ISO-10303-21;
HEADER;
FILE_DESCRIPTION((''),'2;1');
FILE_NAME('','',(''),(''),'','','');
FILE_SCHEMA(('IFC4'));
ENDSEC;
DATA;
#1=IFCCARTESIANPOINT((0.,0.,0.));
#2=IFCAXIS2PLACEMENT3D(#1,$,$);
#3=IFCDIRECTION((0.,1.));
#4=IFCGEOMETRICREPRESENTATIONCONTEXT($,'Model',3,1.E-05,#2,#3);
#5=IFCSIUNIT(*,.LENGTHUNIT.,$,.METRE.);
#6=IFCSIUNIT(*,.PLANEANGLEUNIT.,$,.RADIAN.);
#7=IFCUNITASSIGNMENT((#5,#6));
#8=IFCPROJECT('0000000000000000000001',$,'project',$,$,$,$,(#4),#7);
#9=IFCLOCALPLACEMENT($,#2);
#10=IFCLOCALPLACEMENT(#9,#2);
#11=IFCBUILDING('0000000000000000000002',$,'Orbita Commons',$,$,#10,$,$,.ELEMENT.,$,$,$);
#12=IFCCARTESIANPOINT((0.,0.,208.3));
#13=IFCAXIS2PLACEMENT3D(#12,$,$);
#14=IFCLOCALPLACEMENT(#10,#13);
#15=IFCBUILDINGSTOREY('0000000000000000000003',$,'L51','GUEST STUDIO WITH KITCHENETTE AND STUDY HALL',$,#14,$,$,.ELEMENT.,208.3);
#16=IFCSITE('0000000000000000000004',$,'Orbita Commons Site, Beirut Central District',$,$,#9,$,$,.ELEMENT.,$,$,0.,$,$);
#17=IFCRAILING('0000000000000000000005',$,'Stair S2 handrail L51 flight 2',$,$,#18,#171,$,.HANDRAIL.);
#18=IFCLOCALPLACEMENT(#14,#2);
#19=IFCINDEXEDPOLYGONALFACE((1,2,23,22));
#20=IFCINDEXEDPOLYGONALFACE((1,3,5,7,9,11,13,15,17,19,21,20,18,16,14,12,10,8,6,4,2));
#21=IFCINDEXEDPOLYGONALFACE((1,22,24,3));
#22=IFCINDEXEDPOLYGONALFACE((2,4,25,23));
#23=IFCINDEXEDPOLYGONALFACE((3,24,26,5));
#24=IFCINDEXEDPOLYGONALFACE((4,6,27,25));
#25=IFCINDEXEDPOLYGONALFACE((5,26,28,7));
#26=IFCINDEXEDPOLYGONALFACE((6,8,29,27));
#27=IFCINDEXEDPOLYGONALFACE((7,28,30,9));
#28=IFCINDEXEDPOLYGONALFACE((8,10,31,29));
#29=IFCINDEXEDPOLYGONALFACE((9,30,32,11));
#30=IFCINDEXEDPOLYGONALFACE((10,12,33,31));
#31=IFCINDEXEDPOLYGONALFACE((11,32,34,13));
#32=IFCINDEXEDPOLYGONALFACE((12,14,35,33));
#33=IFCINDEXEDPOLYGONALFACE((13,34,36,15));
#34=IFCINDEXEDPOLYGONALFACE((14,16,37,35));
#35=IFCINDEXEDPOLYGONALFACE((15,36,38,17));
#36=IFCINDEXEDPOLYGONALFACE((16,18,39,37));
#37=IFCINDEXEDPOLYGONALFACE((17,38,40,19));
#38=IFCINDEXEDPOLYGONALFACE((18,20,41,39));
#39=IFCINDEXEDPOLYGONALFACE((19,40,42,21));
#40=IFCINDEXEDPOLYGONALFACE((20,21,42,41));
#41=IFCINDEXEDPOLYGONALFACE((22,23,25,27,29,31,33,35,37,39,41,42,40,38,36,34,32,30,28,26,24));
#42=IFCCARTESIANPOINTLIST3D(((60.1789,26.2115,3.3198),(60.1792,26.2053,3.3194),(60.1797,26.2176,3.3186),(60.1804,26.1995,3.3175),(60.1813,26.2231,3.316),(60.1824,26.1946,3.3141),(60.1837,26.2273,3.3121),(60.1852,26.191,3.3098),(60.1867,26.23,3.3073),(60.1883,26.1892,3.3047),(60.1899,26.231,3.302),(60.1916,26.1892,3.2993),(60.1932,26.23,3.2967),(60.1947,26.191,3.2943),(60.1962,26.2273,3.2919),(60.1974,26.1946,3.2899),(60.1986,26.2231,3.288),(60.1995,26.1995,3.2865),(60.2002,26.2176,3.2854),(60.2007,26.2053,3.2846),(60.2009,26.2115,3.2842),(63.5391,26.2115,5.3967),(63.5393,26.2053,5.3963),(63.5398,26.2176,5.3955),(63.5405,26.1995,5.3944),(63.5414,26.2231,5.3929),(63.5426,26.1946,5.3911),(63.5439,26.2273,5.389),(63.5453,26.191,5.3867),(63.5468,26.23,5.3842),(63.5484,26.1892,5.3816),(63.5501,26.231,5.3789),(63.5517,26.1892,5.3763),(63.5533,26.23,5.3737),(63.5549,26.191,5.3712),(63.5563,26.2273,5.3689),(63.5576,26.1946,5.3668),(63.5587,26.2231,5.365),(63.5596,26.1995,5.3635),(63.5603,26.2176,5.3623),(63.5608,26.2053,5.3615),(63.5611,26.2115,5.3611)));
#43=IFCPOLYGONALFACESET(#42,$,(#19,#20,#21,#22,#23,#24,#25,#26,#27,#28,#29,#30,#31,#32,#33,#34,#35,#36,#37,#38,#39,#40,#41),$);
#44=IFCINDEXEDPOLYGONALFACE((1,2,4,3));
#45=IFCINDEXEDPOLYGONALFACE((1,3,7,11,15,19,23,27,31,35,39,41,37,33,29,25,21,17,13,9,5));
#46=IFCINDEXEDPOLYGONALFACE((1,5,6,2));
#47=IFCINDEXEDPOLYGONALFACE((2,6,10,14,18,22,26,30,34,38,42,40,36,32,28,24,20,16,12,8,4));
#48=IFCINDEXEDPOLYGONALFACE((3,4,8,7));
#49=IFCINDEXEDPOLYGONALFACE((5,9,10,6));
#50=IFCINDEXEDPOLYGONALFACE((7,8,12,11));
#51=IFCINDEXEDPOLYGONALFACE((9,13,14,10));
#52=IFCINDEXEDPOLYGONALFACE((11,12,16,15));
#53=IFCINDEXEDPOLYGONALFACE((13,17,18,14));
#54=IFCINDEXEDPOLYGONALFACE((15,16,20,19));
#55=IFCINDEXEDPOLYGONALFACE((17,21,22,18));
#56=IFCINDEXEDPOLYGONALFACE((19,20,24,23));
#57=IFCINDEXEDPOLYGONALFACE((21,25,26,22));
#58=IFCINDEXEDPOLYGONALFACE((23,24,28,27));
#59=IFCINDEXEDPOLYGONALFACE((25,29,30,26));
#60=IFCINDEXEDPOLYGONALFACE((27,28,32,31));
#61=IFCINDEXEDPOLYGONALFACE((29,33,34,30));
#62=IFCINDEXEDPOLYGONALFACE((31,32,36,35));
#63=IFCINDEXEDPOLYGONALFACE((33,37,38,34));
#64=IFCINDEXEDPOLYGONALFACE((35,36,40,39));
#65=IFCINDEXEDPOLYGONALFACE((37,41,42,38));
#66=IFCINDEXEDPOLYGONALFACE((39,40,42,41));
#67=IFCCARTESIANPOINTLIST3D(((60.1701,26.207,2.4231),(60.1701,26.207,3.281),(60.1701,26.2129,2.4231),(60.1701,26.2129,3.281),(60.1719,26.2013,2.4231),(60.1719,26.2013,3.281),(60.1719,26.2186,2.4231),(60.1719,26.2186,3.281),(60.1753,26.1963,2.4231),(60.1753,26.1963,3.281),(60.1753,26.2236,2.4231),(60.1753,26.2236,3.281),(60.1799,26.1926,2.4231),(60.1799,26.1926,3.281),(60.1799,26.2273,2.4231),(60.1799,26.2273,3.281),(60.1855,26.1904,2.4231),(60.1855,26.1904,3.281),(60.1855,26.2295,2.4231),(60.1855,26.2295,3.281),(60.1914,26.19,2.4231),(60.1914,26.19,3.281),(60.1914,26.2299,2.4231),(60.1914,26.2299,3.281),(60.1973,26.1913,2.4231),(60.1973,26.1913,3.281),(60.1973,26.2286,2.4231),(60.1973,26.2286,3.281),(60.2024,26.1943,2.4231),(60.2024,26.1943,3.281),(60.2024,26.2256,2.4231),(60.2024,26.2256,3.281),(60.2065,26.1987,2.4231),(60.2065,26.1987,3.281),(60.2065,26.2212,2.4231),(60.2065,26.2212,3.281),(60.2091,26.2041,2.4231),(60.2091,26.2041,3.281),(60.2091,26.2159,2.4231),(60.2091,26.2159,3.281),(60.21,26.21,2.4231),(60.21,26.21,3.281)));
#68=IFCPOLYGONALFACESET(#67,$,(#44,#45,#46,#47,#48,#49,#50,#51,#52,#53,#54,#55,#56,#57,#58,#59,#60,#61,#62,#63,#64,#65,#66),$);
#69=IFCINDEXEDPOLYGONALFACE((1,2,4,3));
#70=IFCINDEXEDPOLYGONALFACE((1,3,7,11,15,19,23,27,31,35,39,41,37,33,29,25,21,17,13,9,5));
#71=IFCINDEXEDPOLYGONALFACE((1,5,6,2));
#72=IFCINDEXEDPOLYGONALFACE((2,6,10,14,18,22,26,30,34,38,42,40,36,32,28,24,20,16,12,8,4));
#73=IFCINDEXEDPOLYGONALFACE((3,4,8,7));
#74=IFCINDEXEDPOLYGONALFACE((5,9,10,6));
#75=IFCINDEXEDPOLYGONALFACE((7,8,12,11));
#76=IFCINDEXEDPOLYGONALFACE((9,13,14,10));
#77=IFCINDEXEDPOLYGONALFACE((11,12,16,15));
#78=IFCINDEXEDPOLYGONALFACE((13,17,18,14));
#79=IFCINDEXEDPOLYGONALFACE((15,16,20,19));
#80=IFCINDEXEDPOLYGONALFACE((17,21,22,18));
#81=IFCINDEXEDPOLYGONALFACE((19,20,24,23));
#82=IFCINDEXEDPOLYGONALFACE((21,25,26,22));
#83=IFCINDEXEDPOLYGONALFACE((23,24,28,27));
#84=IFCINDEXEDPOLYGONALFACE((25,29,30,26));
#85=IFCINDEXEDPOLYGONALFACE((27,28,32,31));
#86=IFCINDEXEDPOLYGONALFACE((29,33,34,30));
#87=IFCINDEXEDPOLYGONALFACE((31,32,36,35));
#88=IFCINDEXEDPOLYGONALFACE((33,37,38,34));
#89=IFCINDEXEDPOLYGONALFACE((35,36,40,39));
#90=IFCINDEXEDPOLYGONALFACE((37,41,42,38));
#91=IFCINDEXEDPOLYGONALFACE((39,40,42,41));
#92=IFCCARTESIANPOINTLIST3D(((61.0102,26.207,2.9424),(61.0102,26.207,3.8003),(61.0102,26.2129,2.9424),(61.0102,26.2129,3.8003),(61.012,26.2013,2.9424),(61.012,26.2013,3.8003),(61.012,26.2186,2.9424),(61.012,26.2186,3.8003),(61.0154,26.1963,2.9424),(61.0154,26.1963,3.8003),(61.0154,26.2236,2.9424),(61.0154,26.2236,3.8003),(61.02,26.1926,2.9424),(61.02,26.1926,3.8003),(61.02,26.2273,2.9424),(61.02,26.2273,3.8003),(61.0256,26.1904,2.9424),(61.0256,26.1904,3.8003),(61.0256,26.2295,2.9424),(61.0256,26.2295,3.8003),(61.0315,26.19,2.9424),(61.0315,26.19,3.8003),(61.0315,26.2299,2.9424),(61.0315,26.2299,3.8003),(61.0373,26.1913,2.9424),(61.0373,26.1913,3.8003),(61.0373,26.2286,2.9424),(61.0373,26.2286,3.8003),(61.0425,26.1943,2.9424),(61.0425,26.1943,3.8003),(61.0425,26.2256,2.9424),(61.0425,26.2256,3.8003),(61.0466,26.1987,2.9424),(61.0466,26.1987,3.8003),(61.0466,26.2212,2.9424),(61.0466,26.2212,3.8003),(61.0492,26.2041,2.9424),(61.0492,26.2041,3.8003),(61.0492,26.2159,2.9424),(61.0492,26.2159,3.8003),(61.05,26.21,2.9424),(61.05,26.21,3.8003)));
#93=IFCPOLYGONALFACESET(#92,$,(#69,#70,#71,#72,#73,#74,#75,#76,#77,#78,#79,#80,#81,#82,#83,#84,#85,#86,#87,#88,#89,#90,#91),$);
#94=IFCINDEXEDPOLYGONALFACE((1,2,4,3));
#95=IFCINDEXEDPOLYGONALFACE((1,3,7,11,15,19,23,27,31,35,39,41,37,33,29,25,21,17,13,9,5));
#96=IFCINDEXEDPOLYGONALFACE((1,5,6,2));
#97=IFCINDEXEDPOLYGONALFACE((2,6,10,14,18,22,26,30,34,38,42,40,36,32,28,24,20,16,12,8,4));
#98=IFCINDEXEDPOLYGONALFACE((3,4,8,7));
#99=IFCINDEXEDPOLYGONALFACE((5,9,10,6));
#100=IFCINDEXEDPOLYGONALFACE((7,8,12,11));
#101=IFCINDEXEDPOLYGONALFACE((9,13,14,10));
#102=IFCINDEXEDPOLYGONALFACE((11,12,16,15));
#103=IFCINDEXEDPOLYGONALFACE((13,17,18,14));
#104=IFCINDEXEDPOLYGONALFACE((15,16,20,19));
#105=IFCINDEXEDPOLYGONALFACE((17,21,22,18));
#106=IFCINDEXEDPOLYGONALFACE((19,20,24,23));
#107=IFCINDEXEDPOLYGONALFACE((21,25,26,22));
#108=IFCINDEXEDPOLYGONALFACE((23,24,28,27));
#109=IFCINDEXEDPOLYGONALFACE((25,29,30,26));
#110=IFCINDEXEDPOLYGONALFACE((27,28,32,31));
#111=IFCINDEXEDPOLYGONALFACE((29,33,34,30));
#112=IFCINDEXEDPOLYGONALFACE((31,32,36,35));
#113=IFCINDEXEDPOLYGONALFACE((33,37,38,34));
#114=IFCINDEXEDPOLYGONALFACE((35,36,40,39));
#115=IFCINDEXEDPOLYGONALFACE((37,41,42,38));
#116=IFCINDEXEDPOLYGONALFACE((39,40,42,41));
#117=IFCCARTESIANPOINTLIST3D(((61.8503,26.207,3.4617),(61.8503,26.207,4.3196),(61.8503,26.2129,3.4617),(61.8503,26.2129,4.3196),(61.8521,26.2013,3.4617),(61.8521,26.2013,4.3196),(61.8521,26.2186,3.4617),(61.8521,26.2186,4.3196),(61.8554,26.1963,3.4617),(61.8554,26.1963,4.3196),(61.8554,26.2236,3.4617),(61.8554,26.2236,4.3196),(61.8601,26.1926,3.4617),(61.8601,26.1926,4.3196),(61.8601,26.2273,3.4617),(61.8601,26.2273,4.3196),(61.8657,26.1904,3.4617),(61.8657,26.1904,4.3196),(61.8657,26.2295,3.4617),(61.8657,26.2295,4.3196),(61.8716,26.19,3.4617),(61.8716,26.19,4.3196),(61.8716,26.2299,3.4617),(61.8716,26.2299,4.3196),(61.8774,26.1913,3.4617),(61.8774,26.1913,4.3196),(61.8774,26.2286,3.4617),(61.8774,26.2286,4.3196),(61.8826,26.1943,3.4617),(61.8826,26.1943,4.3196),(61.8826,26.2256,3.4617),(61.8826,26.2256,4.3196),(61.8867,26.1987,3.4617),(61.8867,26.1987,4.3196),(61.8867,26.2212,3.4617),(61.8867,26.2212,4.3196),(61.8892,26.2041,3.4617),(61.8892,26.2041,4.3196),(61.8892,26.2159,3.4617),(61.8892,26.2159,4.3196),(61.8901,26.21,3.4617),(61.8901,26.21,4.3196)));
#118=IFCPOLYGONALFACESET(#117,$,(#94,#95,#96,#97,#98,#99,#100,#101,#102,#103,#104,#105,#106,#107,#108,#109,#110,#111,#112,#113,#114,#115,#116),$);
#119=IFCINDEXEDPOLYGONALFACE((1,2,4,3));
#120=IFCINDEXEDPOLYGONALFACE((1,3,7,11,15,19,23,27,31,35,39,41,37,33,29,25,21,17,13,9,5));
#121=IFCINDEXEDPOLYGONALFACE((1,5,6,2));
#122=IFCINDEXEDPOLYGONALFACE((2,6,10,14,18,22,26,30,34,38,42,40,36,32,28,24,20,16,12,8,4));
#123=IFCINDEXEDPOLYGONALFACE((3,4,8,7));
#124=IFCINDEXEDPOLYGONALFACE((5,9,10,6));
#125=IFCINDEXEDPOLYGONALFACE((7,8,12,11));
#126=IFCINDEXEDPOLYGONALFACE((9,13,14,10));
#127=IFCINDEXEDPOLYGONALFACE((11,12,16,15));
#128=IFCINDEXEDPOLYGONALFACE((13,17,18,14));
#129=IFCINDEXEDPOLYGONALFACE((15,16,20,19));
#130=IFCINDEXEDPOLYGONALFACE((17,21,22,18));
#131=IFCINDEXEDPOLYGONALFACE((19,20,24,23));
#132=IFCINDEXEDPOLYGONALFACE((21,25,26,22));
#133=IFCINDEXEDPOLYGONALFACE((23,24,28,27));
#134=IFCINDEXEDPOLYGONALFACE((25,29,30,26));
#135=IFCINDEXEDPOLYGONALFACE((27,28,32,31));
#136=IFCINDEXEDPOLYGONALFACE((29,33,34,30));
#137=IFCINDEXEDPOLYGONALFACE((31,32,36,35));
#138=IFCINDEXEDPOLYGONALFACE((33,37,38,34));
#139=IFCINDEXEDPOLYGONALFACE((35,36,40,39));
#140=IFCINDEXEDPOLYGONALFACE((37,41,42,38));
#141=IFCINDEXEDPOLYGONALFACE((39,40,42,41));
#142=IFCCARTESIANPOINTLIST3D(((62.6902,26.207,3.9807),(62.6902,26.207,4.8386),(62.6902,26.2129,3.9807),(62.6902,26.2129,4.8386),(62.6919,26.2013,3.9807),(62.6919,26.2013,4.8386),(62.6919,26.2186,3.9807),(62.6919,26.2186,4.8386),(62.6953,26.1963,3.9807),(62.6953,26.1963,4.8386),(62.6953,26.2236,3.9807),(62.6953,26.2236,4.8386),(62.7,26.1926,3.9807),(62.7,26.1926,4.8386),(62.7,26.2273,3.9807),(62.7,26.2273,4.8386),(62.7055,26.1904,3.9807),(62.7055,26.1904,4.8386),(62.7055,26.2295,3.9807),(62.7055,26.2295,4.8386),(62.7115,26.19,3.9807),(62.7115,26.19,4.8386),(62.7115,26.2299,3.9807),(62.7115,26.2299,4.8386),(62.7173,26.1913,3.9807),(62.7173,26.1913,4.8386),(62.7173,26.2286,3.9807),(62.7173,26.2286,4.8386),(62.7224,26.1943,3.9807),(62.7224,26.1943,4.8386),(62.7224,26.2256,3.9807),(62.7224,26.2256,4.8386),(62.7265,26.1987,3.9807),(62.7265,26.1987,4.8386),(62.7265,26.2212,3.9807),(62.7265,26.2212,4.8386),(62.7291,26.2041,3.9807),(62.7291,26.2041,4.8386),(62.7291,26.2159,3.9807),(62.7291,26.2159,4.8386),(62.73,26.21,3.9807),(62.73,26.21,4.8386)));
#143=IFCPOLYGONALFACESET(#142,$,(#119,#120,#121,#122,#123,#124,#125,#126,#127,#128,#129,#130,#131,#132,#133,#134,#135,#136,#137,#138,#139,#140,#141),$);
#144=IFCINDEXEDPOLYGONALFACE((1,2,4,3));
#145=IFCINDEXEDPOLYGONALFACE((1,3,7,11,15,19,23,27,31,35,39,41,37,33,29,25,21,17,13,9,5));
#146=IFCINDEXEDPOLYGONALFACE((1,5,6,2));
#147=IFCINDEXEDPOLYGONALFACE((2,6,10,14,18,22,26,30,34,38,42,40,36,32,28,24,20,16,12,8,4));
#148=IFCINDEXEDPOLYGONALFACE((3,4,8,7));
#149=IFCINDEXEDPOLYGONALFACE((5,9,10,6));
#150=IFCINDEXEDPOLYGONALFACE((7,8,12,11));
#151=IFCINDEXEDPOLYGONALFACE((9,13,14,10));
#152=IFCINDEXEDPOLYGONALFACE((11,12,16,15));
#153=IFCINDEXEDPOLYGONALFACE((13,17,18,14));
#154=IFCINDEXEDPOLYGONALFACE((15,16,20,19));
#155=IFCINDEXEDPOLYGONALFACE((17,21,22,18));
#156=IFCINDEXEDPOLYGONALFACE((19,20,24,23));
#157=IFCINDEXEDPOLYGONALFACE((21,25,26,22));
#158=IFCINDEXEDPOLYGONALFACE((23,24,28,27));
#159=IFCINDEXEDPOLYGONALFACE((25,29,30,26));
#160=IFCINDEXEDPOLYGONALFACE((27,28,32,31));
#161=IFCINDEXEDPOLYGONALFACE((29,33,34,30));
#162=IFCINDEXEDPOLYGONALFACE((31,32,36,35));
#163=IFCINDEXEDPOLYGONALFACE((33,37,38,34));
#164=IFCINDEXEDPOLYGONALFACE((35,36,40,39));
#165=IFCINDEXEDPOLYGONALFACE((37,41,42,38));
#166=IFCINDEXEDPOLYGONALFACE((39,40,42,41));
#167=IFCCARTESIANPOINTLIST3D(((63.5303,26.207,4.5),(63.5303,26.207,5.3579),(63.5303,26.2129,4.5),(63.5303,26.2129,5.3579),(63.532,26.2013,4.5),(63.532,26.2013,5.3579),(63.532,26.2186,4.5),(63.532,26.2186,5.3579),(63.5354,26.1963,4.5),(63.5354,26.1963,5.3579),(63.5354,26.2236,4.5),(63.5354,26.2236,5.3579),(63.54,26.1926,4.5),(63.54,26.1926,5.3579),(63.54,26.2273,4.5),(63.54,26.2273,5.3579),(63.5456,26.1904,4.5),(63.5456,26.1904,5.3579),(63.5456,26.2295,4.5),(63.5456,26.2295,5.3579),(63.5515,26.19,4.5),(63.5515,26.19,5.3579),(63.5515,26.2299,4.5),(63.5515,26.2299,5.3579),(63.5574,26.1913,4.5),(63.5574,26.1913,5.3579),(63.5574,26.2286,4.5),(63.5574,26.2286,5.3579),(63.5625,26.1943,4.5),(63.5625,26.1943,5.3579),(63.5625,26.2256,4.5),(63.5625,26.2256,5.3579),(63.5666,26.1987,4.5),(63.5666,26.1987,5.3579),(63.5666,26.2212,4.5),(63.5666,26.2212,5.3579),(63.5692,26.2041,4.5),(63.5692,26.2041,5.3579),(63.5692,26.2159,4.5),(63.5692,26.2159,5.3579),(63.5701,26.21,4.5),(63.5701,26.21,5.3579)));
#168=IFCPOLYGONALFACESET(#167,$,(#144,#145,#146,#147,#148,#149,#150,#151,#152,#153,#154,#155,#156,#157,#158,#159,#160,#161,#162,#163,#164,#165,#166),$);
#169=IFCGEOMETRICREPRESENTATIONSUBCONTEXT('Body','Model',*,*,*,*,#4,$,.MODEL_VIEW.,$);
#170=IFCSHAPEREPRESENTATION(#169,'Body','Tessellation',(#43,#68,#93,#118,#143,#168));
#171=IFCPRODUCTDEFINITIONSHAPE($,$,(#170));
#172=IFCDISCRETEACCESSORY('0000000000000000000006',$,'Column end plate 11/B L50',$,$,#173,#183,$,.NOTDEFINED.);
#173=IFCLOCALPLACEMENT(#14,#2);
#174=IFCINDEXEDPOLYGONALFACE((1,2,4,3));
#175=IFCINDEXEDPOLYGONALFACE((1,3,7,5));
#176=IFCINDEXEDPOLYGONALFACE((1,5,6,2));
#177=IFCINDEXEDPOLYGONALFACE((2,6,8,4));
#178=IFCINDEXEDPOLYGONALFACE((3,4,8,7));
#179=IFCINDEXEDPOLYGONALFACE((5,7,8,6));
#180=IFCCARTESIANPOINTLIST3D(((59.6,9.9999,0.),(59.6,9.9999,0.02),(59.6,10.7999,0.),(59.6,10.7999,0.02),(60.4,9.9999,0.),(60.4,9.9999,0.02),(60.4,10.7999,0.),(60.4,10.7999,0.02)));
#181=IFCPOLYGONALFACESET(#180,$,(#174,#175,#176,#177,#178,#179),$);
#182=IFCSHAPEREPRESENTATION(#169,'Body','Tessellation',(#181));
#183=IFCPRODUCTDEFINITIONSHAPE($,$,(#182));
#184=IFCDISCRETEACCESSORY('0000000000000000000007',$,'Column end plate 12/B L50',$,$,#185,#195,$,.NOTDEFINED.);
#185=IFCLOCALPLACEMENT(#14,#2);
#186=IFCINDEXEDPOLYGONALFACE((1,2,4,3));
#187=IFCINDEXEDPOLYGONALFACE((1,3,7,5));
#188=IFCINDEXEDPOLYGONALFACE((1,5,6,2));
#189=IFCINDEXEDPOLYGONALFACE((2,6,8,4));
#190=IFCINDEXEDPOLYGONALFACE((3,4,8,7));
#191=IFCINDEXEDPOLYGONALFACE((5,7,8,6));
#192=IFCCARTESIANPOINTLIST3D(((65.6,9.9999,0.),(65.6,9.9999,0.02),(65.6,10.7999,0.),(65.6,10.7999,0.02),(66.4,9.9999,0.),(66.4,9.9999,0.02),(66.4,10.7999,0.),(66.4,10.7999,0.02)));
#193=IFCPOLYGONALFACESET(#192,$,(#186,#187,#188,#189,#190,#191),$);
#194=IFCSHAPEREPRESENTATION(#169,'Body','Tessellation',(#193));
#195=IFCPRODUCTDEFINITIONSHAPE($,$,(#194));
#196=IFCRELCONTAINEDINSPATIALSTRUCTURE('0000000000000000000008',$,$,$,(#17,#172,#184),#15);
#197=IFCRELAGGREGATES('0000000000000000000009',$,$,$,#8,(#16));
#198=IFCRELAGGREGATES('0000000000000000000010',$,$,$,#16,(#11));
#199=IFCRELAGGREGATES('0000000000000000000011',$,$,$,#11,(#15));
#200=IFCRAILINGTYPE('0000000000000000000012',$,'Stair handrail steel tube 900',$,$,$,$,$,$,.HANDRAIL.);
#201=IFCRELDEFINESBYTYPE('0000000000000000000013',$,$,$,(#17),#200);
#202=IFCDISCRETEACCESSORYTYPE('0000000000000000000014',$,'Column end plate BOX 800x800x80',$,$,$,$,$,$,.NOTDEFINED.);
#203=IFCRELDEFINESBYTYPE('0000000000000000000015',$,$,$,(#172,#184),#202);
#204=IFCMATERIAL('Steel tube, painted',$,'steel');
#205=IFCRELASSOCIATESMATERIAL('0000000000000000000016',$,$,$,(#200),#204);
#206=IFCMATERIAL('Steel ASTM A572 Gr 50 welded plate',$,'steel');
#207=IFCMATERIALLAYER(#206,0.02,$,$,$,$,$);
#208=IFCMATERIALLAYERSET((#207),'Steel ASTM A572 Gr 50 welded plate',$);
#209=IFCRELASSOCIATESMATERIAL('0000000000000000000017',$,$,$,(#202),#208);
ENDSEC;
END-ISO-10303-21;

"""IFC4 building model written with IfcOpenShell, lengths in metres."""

from ifc_helpers import new_model, si_unit, direction, frame, origin, origin_2d, place, context, subcontext, project, spatial, rectangle, circle, extrude, material, layer, layer_set, type_object, element, save


model = new_model("IFC4")

# Units and contexts
model_context = context("Model", 3, precision=1e-05, world=origin(), true_north=direction((0.0, 1.0)))
body_context = subcontext(model_context, "Body", "Model", "MODEL_VIEW")
ifc_project = project(units=[si_unit("LENGTHUNIT", "METRE"), si_unit("PLANEANGLEUNIT", "RADIAN")], contexts=[model_context])

# Site, building, storey
site_placement = place(None, origin())
site = spatial("IfcSite", under=ifc_project, at=site_placement, Name="Orbita Commons Site, Beirut Central District", CompositionType="ELEMENT", RefElevation=0.0)
building_placement = place(site_placement, origin())
building = spatial("IfcBuilding", under=site, at=building_placement, Name="Orbita Commons", CompositionType="ELEMENT")
storey_placement = place(building_placement, frame((0.0, 0.0, 208.3)))
storey = spatial("IfcBuildingStorey", under=building, at=storey_placement, Name="L51", Description="GUEST STUDIO WITH KITCHENETTE AND STUDY HALL", CompositionType="ELEMENT", Elevation=208.3)

# Railing
ifc_material_1 = material(Name="Steel tube, painted", Category="steel")
railing_type = type_object("IfcRailingType", Name="Stair handrail steel tube 900", PredefinedType="HANDRAIL", material=ifc_material_1)
for number, where, name in (
    (1, (60.1899, 26.21, 2.4231), "Stair S2 handrail L51 flight 2"),
):
    element("IfcRailing", number, at=place(storey_placement, frame(where)), inside=storey, type_object=railing_type, Name=name, PredefinedType="HANDRAIL", context=body_context, shape_type="SweptSolid", body=[
        extrude(circle(Radius=0.021, at=origin_2d()), frame((0.0, 0.0, 0.8789), z_axis=(0.850623, 0.0, 0.525776), x_axis=(0.0, 1.0, 0.0)), (0.0, 0.0, 1.0), 3.9502),
        extrude(circle(Radius=0.02, at=origin_2d()), origin(), (0.0, 0.0, 1.0), 0.8579),
        extrude(circle(Radius=0.02, at=origin_2d()), frame((0.8401, 0.0, 0.5193)), (0.0, 0.0, 1.0), 0.8579),
        extrude(circle(Radius=0.02, at=origin_2d()), frame((1.6802, 0.0, 1.0386)), (0.0, 0.0, 1.0), 0.8579),
        extrude(circle(Radius=0.02, at=origin_2d()), frame((2.52, 0.0, 1.5576)), (0.0, 0.0, 1.0), 0.8579),
        extrude(circle(Radius=0.02, at=origin_2d()), frame((3.3601, 0.0, 2.0769)), (0.0, 0.0, 1.0), 0.8579),
    ])

# Discrete accessories
ifc_material_2 = material(Name="Steel ASTM A572 Gr 50 welded plate", Category="steel")
ifc_layer_1 = layer(ifc_material_2, 0.02)
ifc_layer_set_1 = layer_set([ifc_layer_1], Name="Steel ASTM A572 Gr 50 welded plate")
discrete_accessory_type = type_object("IfcDiscreteAccessoryType", Name="Column end plate BOX 800x800x80", PredefinedType="NOTDEFINED", material=ifc_layer_set_1)
for number, where, z_axis, x_axis, name in (
    (2, (60.0, 10.3999, 0.0), (0.0, 0.0, 1.0), (1.0, 0.0, 0.0), "Column end plate 11/B L50"),
    (3, (66.0, 10.3999, 0.0), (0.0, 0.0, 1.0), (1.0, 0.0, 0.0), "Column end plate 12/B L50"),
):
    element("IfcDiscreteAccessory", number, at=place(storey_placement, frame(where, z_axis=z_axis, x_axis=x_axis)), inside=storey, type_object=discrete_accessory_type, Name=name, PredefinedType="NOTDEFINED", context=body_context, shape_type="SweptSolid", body=[
        extrude(rectangle(XDim=0.8, YDim=0.8, at=origin_2d()), origin(), (0.0, 0.0, 1.0), 0.02),
    ])

save(model, "model.ifc")
